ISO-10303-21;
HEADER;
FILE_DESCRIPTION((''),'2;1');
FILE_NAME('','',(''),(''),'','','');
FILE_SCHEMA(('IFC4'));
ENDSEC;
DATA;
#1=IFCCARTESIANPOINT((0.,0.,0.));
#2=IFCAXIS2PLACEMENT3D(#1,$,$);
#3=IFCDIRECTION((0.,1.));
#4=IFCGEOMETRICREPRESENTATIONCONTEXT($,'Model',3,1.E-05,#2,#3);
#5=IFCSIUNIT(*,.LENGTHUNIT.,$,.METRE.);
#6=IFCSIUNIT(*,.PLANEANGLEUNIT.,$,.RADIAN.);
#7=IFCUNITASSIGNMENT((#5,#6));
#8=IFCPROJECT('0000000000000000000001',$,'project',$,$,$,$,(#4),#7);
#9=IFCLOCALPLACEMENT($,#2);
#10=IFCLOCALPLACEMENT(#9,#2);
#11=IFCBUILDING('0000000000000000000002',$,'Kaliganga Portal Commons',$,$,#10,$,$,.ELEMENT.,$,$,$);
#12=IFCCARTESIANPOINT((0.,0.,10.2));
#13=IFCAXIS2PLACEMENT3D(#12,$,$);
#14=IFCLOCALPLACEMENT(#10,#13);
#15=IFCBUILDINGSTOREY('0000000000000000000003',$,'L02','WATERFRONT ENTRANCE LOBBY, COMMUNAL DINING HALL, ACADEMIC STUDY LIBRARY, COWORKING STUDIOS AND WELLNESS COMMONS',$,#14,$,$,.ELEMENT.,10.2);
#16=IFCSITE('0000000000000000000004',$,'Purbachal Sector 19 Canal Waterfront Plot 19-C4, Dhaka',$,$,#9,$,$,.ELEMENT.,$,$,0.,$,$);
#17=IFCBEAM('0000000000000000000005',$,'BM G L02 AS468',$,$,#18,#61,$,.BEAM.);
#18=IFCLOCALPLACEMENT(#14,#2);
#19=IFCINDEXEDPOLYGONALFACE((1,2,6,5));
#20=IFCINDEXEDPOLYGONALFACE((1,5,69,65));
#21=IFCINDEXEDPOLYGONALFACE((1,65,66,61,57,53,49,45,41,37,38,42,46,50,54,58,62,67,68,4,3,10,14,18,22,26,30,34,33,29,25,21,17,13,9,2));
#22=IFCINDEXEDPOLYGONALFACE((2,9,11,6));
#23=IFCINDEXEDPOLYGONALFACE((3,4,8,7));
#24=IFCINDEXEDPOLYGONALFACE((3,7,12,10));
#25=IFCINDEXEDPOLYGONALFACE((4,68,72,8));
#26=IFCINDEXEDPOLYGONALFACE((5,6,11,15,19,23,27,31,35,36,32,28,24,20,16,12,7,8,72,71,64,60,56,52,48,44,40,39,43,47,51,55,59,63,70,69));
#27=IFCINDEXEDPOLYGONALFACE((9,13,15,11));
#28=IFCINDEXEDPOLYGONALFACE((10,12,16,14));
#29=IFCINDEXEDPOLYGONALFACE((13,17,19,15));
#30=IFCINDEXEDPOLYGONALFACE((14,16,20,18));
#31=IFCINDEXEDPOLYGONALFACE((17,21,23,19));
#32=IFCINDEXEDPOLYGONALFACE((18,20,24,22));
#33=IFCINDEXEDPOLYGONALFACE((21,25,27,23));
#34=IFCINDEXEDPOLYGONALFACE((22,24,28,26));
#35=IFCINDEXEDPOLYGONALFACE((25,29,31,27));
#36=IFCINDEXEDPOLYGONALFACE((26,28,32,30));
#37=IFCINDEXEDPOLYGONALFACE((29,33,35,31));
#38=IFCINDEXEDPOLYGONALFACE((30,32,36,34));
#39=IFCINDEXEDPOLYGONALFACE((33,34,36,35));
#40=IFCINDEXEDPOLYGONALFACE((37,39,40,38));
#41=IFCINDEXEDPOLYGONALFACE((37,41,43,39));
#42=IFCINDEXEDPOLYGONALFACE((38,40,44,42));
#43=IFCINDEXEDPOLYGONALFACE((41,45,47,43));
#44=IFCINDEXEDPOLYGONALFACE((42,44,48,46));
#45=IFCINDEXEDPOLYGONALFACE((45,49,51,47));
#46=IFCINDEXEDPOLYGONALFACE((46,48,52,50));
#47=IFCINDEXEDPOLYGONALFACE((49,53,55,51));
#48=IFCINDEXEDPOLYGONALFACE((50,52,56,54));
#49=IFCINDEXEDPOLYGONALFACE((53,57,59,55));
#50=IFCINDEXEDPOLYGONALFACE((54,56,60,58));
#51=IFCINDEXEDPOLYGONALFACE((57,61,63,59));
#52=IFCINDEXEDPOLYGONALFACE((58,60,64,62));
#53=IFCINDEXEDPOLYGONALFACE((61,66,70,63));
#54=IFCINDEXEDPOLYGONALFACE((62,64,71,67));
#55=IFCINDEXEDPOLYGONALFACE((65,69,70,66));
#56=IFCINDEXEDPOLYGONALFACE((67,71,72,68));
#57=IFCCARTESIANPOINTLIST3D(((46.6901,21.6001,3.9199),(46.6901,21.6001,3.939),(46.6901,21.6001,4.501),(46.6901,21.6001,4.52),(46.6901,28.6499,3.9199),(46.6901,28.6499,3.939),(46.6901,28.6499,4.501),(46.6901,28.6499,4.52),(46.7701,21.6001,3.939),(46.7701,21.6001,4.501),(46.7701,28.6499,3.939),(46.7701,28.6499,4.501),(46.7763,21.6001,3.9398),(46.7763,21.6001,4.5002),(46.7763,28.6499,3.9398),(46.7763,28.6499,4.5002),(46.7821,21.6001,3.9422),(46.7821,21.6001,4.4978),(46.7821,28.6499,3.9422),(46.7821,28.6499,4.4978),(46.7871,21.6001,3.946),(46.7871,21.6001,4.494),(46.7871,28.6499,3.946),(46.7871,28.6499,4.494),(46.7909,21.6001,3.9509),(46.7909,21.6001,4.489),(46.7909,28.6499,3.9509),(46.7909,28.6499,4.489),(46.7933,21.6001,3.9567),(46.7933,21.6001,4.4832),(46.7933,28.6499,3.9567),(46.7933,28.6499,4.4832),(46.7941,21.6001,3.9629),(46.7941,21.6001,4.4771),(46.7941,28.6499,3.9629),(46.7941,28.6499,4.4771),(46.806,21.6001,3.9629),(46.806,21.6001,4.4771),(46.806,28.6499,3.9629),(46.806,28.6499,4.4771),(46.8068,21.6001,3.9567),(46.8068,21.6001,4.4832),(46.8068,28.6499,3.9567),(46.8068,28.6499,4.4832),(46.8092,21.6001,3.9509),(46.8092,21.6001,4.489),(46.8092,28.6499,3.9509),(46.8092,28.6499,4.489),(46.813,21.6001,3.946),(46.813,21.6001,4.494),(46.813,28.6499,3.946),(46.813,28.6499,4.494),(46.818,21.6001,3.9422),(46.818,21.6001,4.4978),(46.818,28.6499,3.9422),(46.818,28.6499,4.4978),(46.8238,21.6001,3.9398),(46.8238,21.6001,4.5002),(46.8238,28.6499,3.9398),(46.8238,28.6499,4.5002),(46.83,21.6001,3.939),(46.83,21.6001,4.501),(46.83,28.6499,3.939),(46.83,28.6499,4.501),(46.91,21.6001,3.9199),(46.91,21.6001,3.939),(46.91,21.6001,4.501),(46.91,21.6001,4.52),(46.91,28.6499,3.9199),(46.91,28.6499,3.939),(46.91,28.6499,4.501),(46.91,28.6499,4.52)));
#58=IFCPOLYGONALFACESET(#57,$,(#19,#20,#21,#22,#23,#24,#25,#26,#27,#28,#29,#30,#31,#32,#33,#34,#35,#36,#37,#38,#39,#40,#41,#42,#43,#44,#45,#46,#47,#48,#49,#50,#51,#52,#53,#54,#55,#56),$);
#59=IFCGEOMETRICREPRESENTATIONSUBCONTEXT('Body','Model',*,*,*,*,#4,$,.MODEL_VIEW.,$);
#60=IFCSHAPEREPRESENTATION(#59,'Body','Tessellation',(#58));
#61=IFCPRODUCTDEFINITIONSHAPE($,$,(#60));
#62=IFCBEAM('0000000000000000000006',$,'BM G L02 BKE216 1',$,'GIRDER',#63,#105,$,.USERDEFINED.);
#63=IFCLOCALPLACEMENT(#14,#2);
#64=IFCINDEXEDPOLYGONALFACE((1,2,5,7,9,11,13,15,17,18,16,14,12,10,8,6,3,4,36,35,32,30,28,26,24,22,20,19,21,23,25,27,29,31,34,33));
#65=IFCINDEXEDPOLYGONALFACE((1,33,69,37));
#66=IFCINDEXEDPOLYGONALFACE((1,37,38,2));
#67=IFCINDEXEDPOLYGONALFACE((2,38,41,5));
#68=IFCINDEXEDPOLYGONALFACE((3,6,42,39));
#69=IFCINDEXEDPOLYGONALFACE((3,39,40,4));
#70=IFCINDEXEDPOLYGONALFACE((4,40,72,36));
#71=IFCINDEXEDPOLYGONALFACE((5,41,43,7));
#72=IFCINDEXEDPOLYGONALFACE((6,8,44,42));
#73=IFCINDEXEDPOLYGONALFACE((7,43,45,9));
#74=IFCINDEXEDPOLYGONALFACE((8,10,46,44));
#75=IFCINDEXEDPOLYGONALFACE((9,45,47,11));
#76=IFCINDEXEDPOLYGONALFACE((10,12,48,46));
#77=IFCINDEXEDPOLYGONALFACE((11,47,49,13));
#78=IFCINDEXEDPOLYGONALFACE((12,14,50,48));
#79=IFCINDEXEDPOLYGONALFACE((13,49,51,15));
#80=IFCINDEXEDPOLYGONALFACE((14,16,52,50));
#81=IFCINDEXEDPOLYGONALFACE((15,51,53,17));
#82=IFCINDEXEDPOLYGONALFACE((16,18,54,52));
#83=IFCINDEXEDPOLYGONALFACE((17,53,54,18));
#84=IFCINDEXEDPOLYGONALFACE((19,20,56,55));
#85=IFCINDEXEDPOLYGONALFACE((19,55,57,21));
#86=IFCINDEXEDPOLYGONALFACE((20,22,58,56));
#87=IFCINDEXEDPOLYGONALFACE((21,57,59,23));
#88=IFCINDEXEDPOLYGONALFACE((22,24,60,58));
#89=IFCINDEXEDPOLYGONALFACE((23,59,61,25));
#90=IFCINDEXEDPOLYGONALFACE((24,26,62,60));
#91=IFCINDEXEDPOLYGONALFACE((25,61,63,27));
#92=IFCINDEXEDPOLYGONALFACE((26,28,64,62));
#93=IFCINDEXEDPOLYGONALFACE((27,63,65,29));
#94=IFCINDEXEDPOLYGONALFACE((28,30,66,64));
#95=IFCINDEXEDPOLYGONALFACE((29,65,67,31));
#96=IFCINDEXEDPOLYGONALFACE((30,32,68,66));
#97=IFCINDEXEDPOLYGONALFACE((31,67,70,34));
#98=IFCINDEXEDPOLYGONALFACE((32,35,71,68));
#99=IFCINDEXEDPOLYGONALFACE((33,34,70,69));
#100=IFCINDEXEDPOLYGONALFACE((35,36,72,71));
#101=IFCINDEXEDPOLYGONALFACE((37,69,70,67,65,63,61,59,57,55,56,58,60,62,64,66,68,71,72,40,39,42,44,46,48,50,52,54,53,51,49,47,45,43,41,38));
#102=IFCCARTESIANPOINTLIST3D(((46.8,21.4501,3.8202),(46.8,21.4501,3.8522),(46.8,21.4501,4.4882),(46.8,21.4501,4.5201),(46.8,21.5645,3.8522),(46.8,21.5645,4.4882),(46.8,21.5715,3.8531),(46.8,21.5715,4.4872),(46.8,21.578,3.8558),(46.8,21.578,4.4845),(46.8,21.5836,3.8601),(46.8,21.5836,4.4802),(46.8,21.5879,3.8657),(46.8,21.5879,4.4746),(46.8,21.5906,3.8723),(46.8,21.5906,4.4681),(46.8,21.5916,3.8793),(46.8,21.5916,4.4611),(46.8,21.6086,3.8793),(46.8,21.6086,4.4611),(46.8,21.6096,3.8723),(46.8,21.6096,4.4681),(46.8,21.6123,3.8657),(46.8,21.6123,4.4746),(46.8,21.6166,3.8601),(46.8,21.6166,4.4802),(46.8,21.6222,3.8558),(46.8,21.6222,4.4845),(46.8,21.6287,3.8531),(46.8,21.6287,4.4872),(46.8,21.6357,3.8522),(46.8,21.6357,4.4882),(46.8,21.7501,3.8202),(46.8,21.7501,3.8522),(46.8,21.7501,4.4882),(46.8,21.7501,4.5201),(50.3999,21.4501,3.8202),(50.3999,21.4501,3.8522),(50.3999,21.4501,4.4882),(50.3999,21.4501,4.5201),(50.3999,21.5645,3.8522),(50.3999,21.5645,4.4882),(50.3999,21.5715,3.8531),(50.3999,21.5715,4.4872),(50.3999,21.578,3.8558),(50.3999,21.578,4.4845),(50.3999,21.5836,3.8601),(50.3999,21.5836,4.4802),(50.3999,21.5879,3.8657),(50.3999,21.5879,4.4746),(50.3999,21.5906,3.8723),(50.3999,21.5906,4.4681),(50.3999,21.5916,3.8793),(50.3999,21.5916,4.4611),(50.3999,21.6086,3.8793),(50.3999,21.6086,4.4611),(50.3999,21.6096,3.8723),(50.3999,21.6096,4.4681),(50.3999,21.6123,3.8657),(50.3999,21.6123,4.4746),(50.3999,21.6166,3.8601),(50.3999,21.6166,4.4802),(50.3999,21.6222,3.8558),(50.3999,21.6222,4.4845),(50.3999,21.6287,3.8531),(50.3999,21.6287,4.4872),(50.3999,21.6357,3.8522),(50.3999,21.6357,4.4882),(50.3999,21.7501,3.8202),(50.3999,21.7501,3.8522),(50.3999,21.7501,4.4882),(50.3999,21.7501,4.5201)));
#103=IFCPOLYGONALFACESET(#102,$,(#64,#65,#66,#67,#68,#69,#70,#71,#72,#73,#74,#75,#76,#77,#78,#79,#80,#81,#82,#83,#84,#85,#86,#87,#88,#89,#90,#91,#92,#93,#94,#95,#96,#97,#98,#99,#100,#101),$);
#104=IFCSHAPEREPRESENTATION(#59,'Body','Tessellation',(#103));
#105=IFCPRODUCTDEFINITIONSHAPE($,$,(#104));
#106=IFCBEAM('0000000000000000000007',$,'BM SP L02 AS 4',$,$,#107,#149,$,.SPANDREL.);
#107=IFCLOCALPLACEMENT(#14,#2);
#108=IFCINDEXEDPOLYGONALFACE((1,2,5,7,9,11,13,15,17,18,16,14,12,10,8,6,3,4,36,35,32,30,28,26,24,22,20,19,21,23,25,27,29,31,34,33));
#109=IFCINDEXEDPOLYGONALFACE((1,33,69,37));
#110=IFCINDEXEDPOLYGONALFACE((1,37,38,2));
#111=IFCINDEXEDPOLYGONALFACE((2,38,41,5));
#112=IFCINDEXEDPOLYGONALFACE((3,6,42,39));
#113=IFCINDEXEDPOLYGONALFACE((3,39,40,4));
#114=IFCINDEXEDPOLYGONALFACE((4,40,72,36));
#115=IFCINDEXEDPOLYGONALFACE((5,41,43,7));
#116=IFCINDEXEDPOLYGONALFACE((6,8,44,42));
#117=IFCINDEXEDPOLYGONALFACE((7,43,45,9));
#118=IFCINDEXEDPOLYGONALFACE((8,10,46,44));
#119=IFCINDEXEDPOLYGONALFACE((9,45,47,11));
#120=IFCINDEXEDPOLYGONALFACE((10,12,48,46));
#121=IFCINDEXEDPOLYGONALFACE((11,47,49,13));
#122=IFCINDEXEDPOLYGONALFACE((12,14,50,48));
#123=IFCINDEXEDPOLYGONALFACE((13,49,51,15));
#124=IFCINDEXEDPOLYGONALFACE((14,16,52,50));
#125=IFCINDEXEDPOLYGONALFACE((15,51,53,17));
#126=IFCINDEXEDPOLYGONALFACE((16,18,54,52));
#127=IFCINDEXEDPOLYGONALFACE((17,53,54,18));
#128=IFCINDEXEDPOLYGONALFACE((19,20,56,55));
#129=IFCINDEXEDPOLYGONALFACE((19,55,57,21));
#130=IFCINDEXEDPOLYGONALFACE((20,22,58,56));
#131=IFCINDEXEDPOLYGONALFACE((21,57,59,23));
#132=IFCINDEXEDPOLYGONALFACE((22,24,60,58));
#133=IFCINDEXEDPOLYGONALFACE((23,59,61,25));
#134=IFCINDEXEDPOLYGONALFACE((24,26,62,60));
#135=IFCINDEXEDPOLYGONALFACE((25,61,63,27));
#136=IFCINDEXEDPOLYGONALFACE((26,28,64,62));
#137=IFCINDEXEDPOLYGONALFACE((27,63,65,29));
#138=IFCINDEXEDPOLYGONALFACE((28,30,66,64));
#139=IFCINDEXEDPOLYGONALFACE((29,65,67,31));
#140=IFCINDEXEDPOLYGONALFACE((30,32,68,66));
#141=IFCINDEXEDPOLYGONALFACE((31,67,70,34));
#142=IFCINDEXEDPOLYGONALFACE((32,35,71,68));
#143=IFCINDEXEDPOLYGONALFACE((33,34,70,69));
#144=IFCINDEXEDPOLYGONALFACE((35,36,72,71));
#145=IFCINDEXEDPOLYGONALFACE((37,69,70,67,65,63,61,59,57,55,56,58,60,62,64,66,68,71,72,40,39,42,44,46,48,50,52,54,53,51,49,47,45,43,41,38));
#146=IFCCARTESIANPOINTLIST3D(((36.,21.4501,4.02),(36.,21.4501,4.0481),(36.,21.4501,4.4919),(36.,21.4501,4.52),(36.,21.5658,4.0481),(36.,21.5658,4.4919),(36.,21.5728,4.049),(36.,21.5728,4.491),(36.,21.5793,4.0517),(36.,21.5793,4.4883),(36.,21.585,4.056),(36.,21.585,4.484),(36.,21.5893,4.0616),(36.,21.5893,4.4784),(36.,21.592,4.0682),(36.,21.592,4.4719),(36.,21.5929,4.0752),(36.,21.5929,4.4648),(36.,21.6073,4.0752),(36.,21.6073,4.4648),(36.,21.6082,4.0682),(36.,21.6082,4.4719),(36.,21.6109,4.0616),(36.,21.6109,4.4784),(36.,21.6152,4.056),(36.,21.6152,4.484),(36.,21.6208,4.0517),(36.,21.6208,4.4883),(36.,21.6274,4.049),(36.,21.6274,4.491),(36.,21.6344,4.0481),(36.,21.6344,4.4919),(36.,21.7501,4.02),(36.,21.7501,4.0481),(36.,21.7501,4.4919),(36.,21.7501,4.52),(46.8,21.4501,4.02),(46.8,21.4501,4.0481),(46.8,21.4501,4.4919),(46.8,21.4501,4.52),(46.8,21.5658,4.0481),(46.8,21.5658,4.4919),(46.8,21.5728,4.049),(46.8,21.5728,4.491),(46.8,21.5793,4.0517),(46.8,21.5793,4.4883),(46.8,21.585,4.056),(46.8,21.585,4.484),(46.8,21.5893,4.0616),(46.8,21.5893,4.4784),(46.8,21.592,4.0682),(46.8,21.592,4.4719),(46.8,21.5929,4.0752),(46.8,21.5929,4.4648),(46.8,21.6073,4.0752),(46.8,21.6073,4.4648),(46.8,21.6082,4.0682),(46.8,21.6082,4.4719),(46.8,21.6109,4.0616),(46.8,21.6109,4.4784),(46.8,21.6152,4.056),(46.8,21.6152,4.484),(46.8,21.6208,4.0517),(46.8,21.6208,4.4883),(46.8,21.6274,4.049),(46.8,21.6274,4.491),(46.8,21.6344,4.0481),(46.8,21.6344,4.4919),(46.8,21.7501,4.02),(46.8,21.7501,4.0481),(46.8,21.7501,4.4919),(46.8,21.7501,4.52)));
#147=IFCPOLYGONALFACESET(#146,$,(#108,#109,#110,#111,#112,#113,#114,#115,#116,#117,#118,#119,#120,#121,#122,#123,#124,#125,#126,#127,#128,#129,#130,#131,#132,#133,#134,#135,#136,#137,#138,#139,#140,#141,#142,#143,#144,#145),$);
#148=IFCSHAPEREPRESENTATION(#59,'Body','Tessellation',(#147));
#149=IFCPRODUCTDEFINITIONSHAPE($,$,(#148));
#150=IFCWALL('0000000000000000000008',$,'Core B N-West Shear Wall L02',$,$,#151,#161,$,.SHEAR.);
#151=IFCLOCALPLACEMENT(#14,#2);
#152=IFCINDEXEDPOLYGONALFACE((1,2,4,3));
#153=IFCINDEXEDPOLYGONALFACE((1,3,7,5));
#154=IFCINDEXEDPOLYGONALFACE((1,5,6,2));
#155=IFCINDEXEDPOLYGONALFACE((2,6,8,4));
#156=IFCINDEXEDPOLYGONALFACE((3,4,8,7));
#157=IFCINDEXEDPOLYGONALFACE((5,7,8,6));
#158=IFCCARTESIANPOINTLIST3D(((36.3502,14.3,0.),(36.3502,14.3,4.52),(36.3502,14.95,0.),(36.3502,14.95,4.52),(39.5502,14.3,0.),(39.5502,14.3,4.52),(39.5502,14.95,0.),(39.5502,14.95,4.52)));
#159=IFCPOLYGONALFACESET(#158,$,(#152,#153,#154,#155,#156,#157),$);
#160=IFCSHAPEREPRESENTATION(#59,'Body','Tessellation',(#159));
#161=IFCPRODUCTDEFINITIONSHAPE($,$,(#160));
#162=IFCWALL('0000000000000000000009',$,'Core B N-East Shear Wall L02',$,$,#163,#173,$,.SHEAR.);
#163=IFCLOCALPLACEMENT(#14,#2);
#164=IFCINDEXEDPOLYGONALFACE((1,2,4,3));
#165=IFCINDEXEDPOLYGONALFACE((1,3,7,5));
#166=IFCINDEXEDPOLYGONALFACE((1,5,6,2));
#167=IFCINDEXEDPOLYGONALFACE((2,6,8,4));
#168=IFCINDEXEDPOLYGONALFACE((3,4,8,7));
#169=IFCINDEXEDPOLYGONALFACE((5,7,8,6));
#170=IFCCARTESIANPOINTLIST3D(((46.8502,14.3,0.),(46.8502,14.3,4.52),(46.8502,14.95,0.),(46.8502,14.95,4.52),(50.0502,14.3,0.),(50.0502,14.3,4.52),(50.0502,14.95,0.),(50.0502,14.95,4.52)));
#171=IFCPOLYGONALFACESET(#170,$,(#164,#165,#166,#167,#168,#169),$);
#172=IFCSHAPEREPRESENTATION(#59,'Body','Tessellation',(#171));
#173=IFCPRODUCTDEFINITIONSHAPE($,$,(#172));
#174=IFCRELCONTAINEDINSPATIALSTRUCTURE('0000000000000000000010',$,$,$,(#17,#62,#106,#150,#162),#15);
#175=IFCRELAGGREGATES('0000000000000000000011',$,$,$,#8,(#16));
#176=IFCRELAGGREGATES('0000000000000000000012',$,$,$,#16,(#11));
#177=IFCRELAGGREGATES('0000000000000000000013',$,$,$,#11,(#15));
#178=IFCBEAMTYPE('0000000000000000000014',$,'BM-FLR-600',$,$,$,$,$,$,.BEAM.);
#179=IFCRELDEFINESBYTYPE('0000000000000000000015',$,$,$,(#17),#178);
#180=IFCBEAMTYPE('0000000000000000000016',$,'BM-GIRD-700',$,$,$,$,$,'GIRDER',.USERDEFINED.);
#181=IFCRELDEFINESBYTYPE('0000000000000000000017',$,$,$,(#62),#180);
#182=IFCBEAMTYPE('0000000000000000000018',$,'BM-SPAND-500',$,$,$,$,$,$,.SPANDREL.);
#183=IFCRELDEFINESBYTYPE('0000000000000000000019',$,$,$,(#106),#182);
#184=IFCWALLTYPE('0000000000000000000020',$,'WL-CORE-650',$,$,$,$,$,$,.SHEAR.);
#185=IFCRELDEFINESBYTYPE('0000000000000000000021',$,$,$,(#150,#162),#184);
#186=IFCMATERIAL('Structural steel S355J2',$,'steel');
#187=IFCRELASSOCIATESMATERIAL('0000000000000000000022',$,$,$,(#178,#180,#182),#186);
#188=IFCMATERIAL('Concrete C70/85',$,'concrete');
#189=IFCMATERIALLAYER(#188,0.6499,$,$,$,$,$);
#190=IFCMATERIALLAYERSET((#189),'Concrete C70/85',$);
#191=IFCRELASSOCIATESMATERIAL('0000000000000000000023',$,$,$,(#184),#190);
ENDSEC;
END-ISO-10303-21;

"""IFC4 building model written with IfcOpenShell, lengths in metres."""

from ifc_helpers import new_model, si_unit, direction, frame, frame_2d, origin, origin_2d, place, context, subcontext, project, spatial, rectangle, i_section, extrude, source, transform, mapped, material, layer, layer_set, material_profile, profile_set, type_object, element, save


model = new_model("IFC4")

# Units and contexts
model_context = context("Model", 3, precision=1e-05, world=origin(), true_north=direction((0.0, 1.0)))
body_context = subcontext(model_context, "Body", "Model", "MODEL_VIEW")
ifc_project = project(units=[si_unit("LENGTHUNIT", "METRE"), si_unit("PLANEANGLEUNIT", "RADIAN")], contexts=[model_context])

# Site, building, storey
site_placement = place(None, origin())
site = spatial("IfcSite", under=ifc_project, at=site_placement, Name="Purbachal Sector 19 Canal Waterfront Plot 19-C4, Dhaka", CompositionType="ELEMENT", RefElevation=0.0)
building_placement = place(site_placement, origin())
building = spatial("IfcBuilding", under=site, at=building_placement, Name="Kaliganga Portal Commons", CompositionType="ELEMENT")
storey_placement = place(building_placement, frame((0.0, 0.0, 10.2)))
storey = spatial("IfcBuildingStorey", under=building, at=storey_placement, Name="L02", Description="WATERFRONT ENTRANCE LOBBY, COMMUNAL DINING HALL, ACADEMIC STUDY LIBRARY, COWORKING STUDIOS AND WELLNESS COMMONS", CompositionType="ELEMENT", Elevation=10.2)

# Shared definitions
ifc_material_1 = material(Name="Concrete C70/85", Category="concrete")

# Beams
ifc_material_2 = material(Name="Structural steel S355J2", Category="steel")
ifc_material_profile_1 = material_profile(ifc_material_2, i_section(OverallWidth=0.22, OverallDepth=0.6001, WebThickness=0.012, FlangeThickness=0.019, FilletRadius=0.0239, at=origin_2d()), Name="IPE 600")
ifc_profile_set_1 = profile_set([ifc_material_profile_1], Name="Structural steel S355J2 wide-flange")
beam_type_1 = type_object("IfcBeamType", Name="BM-FLR-600", PredefinedType="BEAM", material=ifc_profile_set_1)
shared_shape_1 = source(origin(), body_context, "Body", "SweptSolid", [
    extrude(i_section(OverallWidth=0.22, OverallDepth=0.6001, WebThickness=0.012, FlangeThickness=0.019, FilletRadius=0.0239, at=origin_2d()), origin(), (0.0, 0.0, 1.0), 7.0498),
])
for number, where, z_axis, x_axis, name in (
    (1, (46.8, 21.6001, 4.22), (0.0, 1.0, 0.0), (-1.0, 0.0, 0.0), "BM G L02 AS468"),
):
    element("IfcBeam", number, at=place(storey_placement, frame(where, z_axis=z_axis, x_axis=x_axis)), inside=storey, type_object=beam_type_1, Name=name, PredefinedType="BEAM", context=body_context, shape_type="MappedRepresentation", body=[
        mapped(shared_shape_1, transform((0.0, 0.0, 0.0), x_axis=(1.0, 0.0, 0.0), y_axis=(0.0, 1.0, 0.0), z_axis=(0.0, 0.0, 1.0), scale=1.0)),
    ])
ifc_material_profile_2 = material_profile(ifc_material_2, i_section(OverallWidth=0.3, OverallDepth=0.7, WebThickness=0.0171, FlangeThickness=0.032, FilletRadius=0.0271, at=origin_2d()), Name="HE 700 B")
ifc_profile_set_2 = profile_set([ifc_material_profile_2], Name="Structural steel S355J2 wide-flange")
beam_type_2 = type_object("IfcBeamType", Name="BM-GIRD-700", ElementType="GIRDER", PredefinedType="USERDEFINED", material=ifc_profile_set_2)
shared_shape_2 = source(origin(), body_context, "Body", "SweptSolid", [
    extrude(i_section(OverallWidth=0.3, OverallDepth=0.7, WebThickness=0.0171, FlangeThickness=0.032, FilletRadius=0.0271, at=origin_2d()), origin(), (0.0, 0.0, 1.0), 3.5999),
])
beam_1_placement = place(storey_placement, frame((46.8, 21.6001, 4.1702), z_axis=(1.0, 0.0, 0.0), x_axis=(0.0, 1.0, 0.0)))
element("IfcBeam", 2, at=beam_1_placement, inside=storey, type_object=beam_type_2, Name="BM G L02 BKE216 1", ObjectType="GIRDER", PredefinedType="USERDEFINED", context=body_context, shape_type="MappedRepresentation", body=[
    mapped(shared_shape_2, transform((0.0, 0.0, 0.0), x_axis=(1.0, 0.0, 0.0), y_axis=(0.0, 1.0, 0.0), z_axis=(0.0, 0.0, 1.0), scale=1.0)),
])
ifc_material_profile_3 = material_profile(ifc_material_2, i_section(OverallWidth=0.3, OverallDepth=0.5, WebThickness=0.0144, FlangeThickness=0.0281, FilletRadius=0.0271, at=origin_2d()), Name="HE 500 B")
ifc_profile_set_3 = profile_set([ifc_material_profile_3], Name="Structural steel S355J2 wide-flange")
beam_type_3 = type_object("IfcBeamType", Name="BM-SPAND-500", PredefinedType="SPANDREL", material=ifc_profile_set_3)
shared_shape_3 = source(origin(), body_context, "Body", "SweptSolid", [
    extrude(i_section(OverallWidth=0.3, OverallDepth=0.5, WebThickness=0.0144, FlangeThickness=0.0281, FilletRadius=0.0271, at=origin_2d()), origin(), (0.0, 0.0, 1.0), 10.8),
])
beam_2_placement = place(storey_placement, frame((36.0, 21.6001, 4.27), z_axis=(1.0, 0.0, 0.0), x_axis=(0.0, 1.0, 0.0)))
element("IfcBeam", 3, at=beam_2_placement, inside=storey, type_object=beam_type_3, Name="BM SP L02 AS 4", PredefinedType="SPANDREL", context=body_context, shape_type="MappedRepresentation", body=[
    mapped(shared_shape_3, transform((0.0, 0.0, 0.0), x_axis=(1.0, 0.0, 0.0), y_axis=(0.0, 1.0, 0.0), z_axis=(0.0, 0.0, 1.0), scale=1.0)),
])

# Walls
ifc_layer_1 = layer(ifc_material_1, 0.6499)
ifc_layer_set_1 = layer_set([ifc_layer_1], Name="Concrete C70/85")
wall_type_1 = type_object("IfcWallType", Name="WL-CORE-650", PredefinedType="SHEAR", material=ifc_layer_set_1)
for number, where, z_axis, x_axis, name in (
    (4, (36.3501, 14.625, 0.0), (0.0, 0.0, 1.0), (1.0, 0.0, 0.0), "Core B N-West Shear Wall L02"),
    (5, (46.8501, 14.625, 0.0), (0.0, 0.0, 1.0), (1.0, 0.0, 0.0), "Core B N-East Shear Wall L02"),
):
    element("IfcWall", number, at=place(storey_placement, frame(where, z_axis=z_axis, x_axis=x_axis)), inside=storey, type_object=wall_type_1, Name=name, PredefinedType="SHEAR", context=body_context, shape_type="SweptSolid", body=[
        extrude(rectangle(XDim=3.2, YDim=0.6499, at=frame_2d((1.6001, 0.0))), origin(), (0.0, 0.0, 1.0), 4.52),
    ])

save(model, "model.ifc")
